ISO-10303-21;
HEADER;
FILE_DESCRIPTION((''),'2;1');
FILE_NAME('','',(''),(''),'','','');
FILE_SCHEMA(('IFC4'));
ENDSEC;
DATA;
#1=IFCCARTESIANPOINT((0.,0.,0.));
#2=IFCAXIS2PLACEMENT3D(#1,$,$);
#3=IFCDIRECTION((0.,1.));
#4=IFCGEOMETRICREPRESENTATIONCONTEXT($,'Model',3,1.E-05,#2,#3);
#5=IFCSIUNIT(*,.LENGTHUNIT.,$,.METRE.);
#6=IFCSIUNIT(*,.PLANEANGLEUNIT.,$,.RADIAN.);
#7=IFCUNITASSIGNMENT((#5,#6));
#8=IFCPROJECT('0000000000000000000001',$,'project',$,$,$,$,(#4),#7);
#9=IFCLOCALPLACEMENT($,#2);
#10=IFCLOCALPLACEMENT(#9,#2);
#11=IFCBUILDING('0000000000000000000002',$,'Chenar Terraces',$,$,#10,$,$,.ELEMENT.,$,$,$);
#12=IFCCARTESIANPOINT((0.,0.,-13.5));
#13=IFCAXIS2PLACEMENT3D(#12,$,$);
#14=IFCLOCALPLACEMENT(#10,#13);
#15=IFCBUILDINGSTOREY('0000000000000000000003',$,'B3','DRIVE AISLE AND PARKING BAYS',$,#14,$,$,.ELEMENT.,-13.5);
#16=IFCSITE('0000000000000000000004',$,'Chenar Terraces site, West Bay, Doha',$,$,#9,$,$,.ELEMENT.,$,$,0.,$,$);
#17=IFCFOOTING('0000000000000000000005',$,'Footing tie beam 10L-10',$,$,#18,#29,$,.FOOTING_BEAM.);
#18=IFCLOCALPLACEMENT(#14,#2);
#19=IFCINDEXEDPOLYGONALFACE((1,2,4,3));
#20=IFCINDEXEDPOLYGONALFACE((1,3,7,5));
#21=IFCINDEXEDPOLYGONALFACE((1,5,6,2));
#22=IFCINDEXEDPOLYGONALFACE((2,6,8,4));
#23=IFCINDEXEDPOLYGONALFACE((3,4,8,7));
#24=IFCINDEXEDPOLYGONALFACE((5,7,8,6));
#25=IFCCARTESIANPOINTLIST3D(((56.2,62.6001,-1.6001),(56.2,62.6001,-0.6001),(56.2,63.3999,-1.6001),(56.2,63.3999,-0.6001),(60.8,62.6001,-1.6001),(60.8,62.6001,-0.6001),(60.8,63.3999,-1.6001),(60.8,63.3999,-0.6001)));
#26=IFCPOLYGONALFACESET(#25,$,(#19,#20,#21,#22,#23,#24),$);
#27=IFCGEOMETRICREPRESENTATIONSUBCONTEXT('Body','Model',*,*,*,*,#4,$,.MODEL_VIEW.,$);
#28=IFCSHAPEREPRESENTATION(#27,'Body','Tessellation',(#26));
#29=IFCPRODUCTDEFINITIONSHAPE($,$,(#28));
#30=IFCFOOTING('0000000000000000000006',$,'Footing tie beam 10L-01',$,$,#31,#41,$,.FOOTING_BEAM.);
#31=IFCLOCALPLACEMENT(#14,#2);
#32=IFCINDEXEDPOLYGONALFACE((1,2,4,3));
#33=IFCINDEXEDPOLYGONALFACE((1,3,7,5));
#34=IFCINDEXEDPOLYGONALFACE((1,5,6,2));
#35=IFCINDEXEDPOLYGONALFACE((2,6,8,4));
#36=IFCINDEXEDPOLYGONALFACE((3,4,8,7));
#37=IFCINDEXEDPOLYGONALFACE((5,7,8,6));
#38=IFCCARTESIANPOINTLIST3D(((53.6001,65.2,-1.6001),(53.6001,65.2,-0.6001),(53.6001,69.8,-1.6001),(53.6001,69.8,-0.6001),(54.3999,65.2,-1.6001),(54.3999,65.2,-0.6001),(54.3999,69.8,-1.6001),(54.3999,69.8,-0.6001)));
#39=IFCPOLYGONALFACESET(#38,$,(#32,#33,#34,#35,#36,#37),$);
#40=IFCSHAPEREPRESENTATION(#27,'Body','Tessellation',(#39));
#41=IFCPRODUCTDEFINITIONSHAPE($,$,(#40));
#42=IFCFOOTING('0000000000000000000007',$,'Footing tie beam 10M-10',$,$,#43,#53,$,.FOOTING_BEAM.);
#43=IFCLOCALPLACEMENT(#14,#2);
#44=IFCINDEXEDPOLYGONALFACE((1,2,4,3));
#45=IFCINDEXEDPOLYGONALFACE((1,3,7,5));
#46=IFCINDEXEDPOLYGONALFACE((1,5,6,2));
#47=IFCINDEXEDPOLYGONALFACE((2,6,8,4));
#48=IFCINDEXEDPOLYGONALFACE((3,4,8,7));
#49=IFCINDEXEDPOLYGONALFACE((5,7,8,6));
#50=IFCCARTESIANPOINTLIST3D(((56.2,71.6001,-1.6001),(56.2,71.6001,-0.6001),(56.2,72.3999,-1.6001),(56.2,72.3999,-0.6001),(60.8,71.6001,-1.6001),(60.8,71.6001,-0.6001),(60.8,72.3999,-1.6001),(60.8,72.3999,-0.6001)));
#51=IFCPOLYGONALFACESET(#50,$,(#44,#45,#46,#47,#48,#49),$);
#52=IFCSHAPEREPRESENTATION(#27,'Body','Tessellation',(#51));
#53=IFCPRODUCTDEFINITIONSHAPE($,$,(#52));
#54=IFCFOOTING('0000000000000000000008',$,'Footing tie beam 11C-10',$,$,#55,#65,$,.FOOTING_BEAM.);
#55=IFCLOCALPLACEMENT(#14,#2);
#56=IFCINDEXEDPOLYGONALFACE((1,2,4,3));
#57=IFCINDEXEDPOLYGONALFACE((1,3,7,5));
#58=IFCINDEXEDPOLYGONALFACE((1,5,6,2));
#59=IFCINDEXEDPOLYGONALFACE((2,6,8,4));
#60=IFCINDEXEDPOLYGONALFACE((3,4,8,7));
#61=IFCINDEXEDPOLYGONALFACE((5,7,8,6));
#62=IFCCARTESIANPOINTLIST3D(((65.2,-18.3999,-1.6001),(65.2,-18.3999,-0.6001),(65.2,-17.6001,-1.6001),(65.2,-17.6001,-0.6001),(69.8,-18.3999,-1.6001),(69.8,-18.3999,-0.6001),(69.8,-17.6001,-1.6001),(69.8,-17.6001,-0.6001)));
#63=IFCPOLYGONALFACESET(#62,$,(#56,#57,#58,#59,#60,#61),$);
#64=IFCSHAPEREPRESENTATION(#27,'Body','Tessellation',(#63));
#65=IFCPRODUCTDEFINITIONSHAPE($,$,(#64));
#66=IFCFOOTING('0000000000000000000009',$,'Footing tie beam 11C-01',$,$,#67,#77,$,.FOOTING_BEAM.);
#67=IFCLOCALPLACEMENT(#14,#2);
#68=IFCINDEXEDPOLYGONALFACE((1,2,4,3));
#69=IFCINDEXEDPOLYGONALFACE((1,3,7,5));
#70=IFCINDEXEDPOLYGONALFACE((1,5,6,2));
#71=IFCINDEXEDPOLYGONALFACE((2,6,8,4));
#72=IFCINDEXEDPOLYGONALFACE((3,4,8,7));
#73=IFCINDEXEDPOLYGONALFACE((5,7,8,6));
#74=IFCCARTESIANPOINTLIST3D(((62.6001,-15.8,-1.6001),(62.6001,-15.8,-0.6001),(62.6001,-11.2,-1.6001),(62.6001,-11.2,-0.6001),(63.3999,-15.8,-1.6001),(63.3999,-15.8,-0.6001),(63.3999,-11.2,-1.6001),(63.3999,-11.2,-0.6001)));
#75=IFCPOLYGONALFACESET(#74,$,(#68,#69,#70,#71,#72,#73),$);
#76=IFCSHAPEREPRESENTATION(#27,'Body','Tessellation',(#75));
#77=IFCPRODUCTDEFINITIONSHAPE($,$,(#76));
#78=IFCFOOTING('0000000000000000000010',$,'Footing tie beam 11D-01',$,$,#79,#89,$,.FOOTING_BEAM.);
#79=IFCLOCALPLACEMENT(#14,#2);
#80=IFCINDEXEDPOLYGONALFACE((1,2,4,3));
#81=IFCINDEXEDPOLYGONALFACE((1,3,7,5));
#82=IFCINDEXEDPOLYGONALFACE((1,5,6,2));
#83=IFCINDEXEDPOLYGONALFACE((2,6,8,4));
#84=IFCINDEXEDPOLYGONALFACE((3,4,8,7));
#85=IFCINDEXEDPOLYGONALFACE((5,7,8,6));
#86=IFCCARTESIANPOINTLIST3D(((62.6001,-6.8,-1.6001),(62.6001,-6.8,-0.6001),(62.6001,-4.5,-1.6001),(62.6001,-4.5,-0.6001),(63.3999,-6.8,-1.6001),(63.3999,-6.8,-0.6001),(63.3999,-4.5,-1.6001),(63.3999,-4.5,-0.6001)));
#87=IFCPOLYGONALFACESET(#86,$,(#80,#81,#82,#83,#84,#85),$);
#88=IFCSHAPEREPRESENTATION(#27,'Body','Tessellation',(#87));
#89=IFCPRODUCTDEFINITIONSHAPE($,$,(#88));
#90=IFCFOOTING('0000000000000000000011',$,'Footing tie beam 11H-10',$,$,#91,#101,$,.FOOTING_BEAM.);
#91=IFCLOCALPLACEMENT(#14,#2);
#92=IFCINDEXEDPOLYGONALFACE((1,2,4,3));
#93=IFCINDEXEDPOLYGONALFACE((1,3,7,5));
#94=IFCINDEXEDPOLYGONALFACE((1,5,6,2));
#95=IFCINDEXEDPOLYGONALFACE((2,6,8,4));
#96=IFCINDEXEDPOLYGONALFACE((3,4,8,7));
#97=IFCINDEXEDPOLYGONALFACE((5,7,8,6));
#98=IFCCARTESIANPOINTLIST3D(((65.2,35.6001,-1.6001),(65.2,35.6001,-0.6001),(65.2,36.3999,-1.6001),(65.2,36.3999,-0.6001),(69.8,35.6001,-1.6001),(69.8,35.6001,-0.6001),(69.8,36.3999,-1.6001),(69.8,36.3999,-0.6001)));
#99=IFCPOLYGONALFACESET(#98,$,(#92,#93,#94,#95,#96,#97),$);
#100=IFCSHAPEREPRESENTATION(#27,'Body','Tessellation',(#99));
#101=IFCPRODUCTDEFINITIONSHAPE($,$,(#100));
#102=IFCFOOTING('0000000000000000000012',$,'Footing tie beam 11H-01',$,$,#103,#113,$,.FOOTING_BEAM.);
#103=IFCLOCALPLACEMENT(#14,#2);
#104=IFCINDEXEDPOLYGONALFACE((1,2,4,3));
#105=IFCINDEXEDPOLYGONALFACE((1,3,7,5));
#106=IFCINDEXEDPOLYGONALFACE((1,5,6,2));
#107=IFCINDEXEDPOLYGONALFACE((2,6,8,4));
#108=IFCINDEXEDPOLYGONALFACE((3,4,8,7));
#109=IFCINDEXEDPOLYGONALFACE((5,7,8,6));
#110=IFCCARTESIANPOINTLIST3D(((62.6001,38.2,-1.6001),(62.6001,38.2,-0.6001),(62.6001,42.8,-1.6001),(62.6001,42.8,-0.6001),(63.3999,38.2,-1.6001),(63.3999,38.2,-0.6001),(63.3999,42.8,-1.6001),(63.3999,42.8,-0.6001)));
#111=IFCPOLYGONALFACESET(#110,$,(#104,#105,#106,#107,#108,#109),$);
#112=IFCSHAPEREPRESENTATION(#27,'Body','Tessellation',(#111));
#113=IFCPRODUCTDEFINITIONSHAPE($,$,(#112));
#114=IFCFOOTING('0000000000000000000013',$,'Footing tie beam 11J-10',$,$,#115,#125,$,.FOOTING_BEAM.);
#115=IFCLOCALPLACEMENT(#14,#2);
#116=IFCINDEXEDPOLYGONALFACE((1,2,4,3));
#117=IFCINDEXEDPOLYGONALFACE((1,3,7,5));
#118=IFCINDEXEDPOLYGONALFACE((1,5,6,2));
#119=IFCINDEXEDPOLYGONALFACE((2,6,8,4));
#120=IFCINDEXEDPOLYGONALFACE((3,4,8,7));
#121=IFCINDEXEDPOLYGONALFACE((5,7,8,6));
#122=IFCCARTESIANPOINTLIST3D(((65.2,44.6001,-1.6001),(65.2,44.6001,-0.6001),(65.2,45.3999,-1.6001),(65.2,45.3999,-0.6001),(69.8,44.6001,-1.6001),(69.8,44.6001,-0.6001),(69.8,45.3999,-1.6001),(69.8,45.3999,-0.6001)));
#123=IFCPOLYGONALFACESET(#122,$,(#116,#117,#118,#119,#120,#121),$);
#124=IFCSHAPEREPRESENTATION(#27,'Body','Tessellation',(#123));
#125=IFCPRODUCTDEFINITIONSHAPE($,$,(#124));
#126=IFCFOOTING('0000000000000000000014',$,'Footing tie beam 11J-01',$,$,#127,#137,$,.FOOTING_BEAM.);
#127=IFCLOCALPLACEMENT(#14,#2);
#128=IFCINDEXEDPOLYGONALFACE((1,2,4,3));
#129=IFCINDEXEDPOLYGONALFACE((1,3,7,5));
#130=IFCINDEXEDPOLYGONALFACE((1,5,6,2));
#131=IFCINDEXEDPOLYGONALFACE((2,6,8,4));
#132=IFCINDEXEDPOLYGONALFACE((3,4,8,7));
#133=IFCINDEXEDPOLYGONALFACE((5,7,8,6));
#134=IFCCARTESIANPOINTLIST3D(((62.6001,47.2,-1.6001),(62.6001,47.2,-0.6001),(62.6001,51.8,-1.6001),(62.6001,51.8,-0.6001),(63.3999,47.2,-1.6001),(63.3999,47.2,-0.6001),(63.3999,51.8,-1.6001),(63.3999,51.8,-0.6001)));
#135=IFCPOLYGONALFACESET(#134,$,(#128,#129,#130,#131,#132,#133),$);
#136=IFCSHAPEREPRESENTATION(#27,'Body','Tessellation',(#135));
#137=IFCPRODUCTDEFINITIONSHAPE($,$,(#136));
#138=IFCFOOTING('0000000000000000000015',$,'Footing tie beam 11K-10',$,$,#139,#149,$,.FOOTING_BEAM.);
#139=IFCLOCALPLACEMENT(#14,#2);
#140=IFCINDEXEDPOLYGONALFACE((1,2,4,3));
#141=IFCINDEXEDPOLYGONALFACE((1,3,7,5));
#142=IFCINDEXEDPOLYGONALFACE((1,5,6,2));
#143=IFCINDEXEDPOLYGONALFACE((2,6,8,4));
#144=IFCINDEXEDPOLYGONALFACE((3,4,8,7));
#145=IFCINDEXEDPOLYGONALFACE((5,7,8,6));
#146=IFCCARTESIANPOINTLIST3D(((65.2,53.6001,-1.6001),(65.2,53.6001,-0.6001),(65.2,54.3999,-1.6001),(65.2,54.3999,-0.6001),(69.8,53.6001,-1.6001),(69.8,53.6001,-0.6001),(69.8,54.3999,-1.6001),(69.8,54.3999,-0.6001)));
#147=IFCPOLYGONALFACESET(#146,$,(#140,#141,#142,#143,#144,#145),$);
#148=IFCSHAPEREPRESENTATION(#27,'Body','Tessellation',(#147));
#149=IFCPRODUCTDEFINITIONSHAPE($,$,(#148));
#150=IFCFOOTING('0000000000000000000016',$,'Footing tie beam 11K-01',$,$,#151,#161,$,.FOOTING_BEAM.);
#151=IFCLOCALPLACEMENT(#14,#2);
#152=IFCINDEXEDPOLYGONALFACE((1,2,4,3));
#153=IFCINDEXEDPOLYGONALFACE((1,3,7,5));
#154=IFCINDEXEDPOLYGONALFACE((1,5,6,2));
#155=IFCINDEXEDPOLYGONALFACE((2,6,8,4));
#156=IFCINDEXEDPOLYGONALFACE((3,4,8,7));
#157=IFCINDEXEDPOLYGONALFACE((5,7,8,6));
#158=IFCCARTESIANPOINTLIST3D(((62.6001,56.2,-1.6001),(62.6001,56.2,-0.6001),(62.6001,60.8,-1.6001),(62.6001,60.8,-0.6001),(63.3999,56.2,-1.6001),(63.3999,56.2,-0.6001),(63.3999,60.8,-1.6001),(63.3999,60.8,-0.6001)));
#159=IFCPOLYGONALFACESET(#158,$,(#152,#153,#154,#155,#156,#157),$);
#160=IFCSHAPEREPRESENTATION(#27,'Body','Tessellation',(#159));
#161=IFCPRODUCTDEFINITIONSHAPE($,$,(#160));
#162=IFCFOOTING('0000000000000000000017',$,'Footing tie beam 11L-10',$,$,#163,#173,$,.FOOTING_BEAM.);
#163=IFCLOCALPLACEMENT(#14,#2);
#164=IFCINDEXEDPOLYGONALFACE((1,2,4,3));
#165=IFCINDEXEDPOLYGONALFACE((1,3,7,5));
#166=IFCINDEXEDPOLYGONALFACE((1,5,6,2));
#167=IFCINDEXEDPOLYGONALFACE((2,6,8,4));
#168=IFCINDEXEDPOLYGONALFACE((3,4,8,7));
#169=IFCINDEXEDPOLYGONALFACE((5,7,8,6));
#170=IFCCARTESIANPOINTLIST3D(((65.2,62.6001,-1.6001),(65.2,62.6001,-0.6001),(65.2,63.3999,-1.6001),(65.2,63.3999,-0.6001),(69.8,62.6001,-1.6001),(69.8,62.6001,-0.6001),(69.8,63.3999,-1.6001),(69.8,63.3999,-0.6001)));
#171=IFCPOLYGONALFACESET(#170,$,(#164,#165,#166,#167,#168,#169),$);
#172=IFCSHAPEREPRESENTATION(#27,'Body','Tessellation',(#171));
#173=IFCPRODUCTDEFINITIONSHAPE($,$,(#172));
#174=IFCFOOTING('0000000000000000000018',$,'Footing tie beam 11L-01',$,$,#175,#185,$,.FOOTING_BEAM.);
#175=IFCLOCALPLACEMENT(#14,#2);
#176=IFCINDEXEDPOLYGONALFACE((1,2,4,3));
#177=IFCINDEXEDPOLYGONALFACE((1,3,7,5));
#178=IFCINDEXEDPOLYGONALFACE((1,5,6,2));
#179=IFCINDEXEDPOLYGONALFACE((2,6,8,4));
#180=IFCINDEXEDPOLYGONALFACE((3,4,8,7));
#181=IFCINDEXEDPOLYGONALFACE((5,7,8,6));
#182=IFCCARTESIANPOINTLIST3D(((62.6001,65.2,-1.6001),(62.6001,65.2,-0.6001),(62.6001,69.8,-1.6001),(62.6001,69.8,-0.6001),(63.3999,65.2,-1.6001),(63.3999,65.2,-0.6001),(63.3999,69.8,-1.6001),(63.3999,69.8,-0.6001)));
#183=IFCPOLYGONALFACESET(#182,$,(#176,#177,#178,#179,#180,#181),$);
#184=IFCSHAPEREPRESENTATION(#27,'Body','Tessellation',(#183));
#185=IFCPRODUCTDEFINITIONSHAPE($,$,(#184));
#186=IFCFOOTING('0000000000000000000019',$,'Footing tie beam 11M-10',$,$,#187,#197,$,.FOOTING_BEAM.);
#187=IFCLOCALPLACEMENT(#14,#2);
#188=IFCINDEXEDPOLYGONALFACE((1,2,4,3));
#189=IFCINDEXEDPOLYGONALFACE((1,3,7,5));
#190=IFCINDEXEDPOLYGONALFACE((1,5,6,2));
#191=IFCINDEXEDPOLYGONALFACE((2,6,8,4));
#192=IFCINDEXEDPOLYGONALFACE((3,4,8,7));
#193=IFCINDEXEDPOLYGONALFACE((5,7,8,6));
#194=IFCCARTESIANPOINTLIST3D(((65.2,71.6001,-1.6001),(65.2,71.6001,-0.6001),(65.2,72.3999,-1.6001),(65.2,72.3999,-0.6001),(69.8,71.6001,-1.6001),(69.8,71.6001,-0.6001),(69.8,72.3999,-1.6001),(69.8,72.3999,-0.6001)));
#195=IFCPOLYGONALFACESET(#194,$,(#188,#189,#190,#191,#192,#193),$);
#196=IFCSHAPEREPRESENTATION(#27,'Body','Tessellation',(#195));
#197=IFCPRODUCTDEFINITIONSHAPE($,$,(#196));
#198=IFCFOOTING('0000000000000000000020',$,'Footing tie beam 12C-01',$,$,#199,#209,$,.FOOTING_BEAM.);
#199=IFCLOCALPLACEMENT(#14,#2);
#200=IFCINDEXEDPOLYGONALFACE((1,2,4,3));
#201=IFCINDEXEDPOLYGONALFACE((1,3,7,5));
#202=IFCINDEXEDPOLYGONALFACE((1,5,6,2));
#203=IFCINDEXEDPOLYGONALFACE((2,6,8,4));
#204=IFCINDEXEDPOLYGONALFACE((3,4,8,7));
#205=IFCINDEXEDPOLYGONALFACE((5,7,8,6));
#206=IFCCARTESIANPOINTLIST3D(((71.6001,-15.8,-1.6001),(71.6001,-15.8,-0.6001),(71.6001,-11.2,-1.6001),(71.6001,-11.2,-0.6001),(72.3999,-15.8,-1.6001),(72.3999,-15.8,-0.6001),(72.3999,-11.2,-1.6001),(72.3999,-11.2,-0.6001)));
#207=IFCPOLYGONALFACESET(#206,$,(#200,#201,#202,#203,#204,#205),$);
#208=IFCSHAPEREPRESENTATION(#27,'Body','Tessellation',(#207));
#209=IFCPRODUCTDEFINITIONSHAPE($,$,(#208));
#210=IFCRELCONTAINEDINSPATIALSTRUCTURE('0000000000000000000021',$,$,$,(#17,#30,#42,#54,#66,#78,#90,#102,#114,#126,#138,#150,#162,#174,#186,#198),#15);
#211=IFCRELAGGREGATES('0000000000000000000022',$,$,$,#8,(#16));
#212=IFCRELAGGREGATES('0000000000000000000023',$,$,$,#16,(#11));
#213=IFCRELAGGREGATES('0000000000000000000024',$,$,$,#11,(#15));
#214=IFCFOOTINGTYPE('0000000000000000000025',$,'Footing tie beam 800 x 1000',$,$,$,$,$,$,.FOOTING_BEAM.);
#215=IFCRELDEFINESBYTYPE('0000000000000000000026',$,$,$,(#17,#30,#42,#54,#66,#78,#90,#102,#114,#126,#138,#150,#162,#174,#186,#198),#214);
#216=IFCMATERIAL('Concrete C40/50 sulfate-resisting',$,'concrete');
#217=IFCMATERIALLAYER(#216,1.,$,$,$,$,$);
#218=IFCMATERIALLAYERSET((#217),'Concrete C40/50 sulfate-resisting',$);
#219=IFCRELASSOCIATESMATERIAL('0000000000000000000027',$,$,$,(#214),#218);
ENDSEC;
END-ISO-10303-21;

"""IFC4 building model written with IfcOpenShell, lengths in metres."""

from ifc_helpers import new_model, si_unit, direction, frame, origin, place, context, subcontext, project, spatial, polyline, outline, extrude, material, layer, layer_set, type_object, element, save


model = new_model("IFC4")

# Units and contexts
model_context = context("Model", 3, precision=1e-05, world=origin(), true_north=direction((0.0, 1.0)))
body_context = subcontext(model_context, "Body", "Model", "MODEL_VIEW")
ifc_project = project(units=[si_unit("LENGTHUNIT", "METRE"), si_unit("PLANEANGLEUNIT", "RADIAN")], contexts=[model_context])

# Site, building, storey
site_placement = place(None, origin())
site = spatial("IfcSite", under=ifc_project, at=site_placement, Name="Chenar Terraces site, West Bay, Doha", CompositionType="ELEMENT", RefElevation=0.0)
building_placement = place(site_placement, origin())
building = spatial("IfcBuilding", under=site, at=building_placement, Name="Chenar Terraces", CompositionType="ELEMENT")
storey_placement = place(building_placement, frame((0.0, 0.0, -13.5)))
storey = spatial("IfcBuildingStorey", under=building, at=storey_placement, Name="B3", Description="DRIVE AISLE AND PARKING BAYS", CompositionType="ELEMENT", Elevation=-13.5)

# Footings
ifc_material = material(Name="Concrete C40/50 sulfate-resisting", Category="concrete")
ifc_layer = layer(ifc_material, 1.0)
ifc_layer_set = layer_set([ifc_layer], Name="Concrete C40/50 sulfate-resisting")
footing_type = type_object("IfcFootingType", Name="Footing tie beam 800 x 1000", PredefinedType="FOOTING_BEAM", material=ifc_layer_set)
placement = place(storey_placement, frame((0.0, 0.0, -1.6001)))
element("IfcFooting", 1, at=placement, inside=storey, type_object=footing_type, Name="Footing tie beam 10L-10", PredefinedType="FOOTING_BEAM", context=body_context, shape_type="SweptSolid", body=[
    extrude(outline(polyline([(60.8, 62.6001), (60.8, 63.3999), (56.2, 63.3999), (56.2, 62.6001), (60.8, 62.6001)])), origin(), (0.0, 0.0, 1.0), 1.0),
])
element("IfcFooting", 2, at=placement, inside=storey, type_object=footing_type, Name="Footing tie beam 10L-01", PredefinedType="FOOTING_BEAM", context=body_context, shape_type="SweptSolid", body=[
    extrude(outline(polyline([(54.3999, 65.2), (54.3999, 69.8), (53.6001, 69.8), (53.6001, 65.2), (54.3999, 65.2)])), origin(), (0.0, 0.0, 1.0), 1.0),
])
element("IfcFooting", 3, at=placement, inside=storey, type_object=footing_type, Name="Footing tie beam 10M-10", PredefinedType="FOOTING_BEAM", context=body_context, shape_type="SweptSolid", body=[
    extrude(outline(polyline([(60.8, 71.6001), (60.8, 72.3999), (56.2, 72.3999), (56.2, 71.6001), (60.8, 71.6001)])), origin(), (0.0, 0.0, 1.0), 1.0),
])
element("IfcFooting", 4, at=placement, inside=storey, type_object=footing_type, Name="Footing tie beam 11C-10", PredefinedType="FOOTING_BEAM", context=body_context, shape_type="SweptSolid", body=[
    extrude(outline(polyline([(69.8, -18.3999), (69.8, -17.6001), (65.2, -17.6001), (65.2, -18.3999), (69.8, -18.3999)])), origin(), (0.0, 0.0, 1.0), 1.0),
])
element("IfcFooting", 5, at=placement, inside=storey, type_object=footing_type, Name="Footing tie beam 11C-01", PredefinedType="FOOTING_BEAM", context=body_context, shape_type="SweptSolid", body=[
    extrude(outline(polyline([(63.3999, -15.8), (63.3999, -11.2), (62.6001, -11.2), (62.6001, -15.8), (63.3999, -15.8)])), origin(), (0.0, 0.0, 1.0), 1.0),
])
element("IfcFooting", 6, at=placement, inside=storey, type_object=footing_type, Name="Footing tie beam 11D-01", PredefinedType="FOOTING_BEAM", context=body_context, shape_type="SweptSolid", body=[
    extrude(outline(polyline([(63.3999, -6.8), (63.3999, -4.5), (62.6001, -4.5), (62.6001, -6.8), (63.3999, -6.8)])), origin(), (0.0, 0.0, 1.0), 1.0),
])
element("IfcFooting", 7, at=placement, inside=storey, type_object=footing_type, Name="Footing tie beam 11H-10", PredefinedType="FOOTING_BEAM", context=body_context, shape_type="SweptSolid", body=[
    extrude(outline(polyline([(69.8, 35.6001), (69.8, 36.3999), (65.2, 36.3999), (65.2, 35.6001), (69.8, 35.6001)])), origin(), (0.0, 0.0, 1.0), 1.0),
])
element("IfcFooting", 8, at=placement, inside=storey, type_object=footing_type, Name="Footing tie beam 11H-01", PredefinedType="FOOTING_BEAM", context=body_context, shape_type="SweptSolid", body=[
    extrude(outline(polyline([(63.3999, 38.2), (63.3999, 42.8), (62.6001, 42.8), (62.6001, 38.2), (63.3999, 38.2)])), origin(), (0.0, 0.0, 1.0), 1.0),
])
element("IfcFooting", 9, at=placement, inside=storey, type_object=footing_type, Name="Footing tie beam 11J-10", PredefinedType="FOOTING_BEAM", context=body_context, shape_type="SweptSolid", body=[
    extrude(outline(polyline([(69.8, 44.6001), (69.8, 45.3999), (65.2, 45.3999), (65.2, 44.6001), (69.8, 44.6001)])), origin(), (0.0, 0.0, 1.0), 1.0),
])
element("IfcFooting", 10, at=placement, inside=storey, type_object=footing_type, Name="Footing tie beam 11J-01", PredefinedType="FOOTING_BEAM", context=body_context, shape_type="SweptSolid", body=[
    extrude(outline(polyline([(63.3999, 47.2), (63.3999, 51.8), (62.6001, 51.8), (62.6001, 47.2), (63.3999, 47.2)])), origin(), (0.0, 0.0, 1.0), 1.0),
])
element("IfcFooting", 11, at=placement, inside=storey, type_object=footing_type, Name="Footing tie beam 11K-10", PredefinedType="FOOTING_BEAM", context=body_context, shape_type="SweptSolid", body=[
    extrude(outline(polyline([(69.8, 53.6001), (69.8, 54.3999), (65.2, 54.3999), (65.2, 53.6001), (69.8, 53.6001)])), origin(), (0.0, 0.0, 1.0), 1.0),
])
element("IfcFooting", 12, at=placement, inside=storey, type_object=footing_type, Name="Footing tie beam 11K-01", PredefinedType="FOOTING_BEAM", context=body_context, shape_type="SweptSolid", body=[
    extrude(outline(polyline([(63.3999, 56.2), (63.3999, 60.8), (62.6001, 60.8), (62.6001, 56.2), (63.3999, 56.2)])), origin(), (0.0, 0.0, 1.0), 1.0),
])
element("IfcFooting", 13, at=placement, inside=storey, type_object=footing_type, Name="Footing tie beam 11L-10", PredefinedType="FOOTING_BEAM", context=body_context, shape_type="SweptSolid", body=[
    extrude(outline(polyline([(69.8, 62.6001), (69.8, 63.3999), (65.2, 63.3999), (65.2, 62.6001), (69.8, 62.6001)])), origin(), (0.0, 0.0, 1.0), 1.0),
])
element("IfcFooting", 14, at=placement, inside=storey, type_object=footing_type, Name="Footing tie beam 11L-01", PredefinedType="FOOTING_BEAM", context=body_context, shape_type="SweptSolid", body=[
    extrude(outline(polyline([(63.3999, 65.2), (63.3999, 69.8), (62.6001, 69.8), (62.6001, 65.2), (63.3999, 65.2)])), origin(), (0.0, 0.0, 1.0), 1.0),
])
element("IfcFooting", 15, at=placement, inside=storey, type_object=footing_type, Name="Footing tie beam 11M-10", PredefinedType="FOOTING_BEAM", context=body_context, shape_type="SweptSolid", body=[
    extrude(outline(polyline([(69.8, 71.6001), (69.8, 72.3999), (65.2, 72.3999), (65.2, 71.6001), (69.8, 71.6001)])), origin(), (0.0, 0.0, 1.0), 1.0),
])
element("IfcFooting", 16, at=placement, inside=storey, type_object=footing_type, Name="Footing tie beam 12C-01", PredefinedType="FOOTING_BEAM", context=body_context, shape_type="SweptSolid", body=[
    extrude(outline(polyline([(72.3999, -15.8), (72.3999, -11.2), (71.6001, -11.2), (71.6001, -15.8), (72.3999, -15.8)])), origin(), (0.0, 0.0, 1.0), 1.0),
])

save(model, "model.ifc")
